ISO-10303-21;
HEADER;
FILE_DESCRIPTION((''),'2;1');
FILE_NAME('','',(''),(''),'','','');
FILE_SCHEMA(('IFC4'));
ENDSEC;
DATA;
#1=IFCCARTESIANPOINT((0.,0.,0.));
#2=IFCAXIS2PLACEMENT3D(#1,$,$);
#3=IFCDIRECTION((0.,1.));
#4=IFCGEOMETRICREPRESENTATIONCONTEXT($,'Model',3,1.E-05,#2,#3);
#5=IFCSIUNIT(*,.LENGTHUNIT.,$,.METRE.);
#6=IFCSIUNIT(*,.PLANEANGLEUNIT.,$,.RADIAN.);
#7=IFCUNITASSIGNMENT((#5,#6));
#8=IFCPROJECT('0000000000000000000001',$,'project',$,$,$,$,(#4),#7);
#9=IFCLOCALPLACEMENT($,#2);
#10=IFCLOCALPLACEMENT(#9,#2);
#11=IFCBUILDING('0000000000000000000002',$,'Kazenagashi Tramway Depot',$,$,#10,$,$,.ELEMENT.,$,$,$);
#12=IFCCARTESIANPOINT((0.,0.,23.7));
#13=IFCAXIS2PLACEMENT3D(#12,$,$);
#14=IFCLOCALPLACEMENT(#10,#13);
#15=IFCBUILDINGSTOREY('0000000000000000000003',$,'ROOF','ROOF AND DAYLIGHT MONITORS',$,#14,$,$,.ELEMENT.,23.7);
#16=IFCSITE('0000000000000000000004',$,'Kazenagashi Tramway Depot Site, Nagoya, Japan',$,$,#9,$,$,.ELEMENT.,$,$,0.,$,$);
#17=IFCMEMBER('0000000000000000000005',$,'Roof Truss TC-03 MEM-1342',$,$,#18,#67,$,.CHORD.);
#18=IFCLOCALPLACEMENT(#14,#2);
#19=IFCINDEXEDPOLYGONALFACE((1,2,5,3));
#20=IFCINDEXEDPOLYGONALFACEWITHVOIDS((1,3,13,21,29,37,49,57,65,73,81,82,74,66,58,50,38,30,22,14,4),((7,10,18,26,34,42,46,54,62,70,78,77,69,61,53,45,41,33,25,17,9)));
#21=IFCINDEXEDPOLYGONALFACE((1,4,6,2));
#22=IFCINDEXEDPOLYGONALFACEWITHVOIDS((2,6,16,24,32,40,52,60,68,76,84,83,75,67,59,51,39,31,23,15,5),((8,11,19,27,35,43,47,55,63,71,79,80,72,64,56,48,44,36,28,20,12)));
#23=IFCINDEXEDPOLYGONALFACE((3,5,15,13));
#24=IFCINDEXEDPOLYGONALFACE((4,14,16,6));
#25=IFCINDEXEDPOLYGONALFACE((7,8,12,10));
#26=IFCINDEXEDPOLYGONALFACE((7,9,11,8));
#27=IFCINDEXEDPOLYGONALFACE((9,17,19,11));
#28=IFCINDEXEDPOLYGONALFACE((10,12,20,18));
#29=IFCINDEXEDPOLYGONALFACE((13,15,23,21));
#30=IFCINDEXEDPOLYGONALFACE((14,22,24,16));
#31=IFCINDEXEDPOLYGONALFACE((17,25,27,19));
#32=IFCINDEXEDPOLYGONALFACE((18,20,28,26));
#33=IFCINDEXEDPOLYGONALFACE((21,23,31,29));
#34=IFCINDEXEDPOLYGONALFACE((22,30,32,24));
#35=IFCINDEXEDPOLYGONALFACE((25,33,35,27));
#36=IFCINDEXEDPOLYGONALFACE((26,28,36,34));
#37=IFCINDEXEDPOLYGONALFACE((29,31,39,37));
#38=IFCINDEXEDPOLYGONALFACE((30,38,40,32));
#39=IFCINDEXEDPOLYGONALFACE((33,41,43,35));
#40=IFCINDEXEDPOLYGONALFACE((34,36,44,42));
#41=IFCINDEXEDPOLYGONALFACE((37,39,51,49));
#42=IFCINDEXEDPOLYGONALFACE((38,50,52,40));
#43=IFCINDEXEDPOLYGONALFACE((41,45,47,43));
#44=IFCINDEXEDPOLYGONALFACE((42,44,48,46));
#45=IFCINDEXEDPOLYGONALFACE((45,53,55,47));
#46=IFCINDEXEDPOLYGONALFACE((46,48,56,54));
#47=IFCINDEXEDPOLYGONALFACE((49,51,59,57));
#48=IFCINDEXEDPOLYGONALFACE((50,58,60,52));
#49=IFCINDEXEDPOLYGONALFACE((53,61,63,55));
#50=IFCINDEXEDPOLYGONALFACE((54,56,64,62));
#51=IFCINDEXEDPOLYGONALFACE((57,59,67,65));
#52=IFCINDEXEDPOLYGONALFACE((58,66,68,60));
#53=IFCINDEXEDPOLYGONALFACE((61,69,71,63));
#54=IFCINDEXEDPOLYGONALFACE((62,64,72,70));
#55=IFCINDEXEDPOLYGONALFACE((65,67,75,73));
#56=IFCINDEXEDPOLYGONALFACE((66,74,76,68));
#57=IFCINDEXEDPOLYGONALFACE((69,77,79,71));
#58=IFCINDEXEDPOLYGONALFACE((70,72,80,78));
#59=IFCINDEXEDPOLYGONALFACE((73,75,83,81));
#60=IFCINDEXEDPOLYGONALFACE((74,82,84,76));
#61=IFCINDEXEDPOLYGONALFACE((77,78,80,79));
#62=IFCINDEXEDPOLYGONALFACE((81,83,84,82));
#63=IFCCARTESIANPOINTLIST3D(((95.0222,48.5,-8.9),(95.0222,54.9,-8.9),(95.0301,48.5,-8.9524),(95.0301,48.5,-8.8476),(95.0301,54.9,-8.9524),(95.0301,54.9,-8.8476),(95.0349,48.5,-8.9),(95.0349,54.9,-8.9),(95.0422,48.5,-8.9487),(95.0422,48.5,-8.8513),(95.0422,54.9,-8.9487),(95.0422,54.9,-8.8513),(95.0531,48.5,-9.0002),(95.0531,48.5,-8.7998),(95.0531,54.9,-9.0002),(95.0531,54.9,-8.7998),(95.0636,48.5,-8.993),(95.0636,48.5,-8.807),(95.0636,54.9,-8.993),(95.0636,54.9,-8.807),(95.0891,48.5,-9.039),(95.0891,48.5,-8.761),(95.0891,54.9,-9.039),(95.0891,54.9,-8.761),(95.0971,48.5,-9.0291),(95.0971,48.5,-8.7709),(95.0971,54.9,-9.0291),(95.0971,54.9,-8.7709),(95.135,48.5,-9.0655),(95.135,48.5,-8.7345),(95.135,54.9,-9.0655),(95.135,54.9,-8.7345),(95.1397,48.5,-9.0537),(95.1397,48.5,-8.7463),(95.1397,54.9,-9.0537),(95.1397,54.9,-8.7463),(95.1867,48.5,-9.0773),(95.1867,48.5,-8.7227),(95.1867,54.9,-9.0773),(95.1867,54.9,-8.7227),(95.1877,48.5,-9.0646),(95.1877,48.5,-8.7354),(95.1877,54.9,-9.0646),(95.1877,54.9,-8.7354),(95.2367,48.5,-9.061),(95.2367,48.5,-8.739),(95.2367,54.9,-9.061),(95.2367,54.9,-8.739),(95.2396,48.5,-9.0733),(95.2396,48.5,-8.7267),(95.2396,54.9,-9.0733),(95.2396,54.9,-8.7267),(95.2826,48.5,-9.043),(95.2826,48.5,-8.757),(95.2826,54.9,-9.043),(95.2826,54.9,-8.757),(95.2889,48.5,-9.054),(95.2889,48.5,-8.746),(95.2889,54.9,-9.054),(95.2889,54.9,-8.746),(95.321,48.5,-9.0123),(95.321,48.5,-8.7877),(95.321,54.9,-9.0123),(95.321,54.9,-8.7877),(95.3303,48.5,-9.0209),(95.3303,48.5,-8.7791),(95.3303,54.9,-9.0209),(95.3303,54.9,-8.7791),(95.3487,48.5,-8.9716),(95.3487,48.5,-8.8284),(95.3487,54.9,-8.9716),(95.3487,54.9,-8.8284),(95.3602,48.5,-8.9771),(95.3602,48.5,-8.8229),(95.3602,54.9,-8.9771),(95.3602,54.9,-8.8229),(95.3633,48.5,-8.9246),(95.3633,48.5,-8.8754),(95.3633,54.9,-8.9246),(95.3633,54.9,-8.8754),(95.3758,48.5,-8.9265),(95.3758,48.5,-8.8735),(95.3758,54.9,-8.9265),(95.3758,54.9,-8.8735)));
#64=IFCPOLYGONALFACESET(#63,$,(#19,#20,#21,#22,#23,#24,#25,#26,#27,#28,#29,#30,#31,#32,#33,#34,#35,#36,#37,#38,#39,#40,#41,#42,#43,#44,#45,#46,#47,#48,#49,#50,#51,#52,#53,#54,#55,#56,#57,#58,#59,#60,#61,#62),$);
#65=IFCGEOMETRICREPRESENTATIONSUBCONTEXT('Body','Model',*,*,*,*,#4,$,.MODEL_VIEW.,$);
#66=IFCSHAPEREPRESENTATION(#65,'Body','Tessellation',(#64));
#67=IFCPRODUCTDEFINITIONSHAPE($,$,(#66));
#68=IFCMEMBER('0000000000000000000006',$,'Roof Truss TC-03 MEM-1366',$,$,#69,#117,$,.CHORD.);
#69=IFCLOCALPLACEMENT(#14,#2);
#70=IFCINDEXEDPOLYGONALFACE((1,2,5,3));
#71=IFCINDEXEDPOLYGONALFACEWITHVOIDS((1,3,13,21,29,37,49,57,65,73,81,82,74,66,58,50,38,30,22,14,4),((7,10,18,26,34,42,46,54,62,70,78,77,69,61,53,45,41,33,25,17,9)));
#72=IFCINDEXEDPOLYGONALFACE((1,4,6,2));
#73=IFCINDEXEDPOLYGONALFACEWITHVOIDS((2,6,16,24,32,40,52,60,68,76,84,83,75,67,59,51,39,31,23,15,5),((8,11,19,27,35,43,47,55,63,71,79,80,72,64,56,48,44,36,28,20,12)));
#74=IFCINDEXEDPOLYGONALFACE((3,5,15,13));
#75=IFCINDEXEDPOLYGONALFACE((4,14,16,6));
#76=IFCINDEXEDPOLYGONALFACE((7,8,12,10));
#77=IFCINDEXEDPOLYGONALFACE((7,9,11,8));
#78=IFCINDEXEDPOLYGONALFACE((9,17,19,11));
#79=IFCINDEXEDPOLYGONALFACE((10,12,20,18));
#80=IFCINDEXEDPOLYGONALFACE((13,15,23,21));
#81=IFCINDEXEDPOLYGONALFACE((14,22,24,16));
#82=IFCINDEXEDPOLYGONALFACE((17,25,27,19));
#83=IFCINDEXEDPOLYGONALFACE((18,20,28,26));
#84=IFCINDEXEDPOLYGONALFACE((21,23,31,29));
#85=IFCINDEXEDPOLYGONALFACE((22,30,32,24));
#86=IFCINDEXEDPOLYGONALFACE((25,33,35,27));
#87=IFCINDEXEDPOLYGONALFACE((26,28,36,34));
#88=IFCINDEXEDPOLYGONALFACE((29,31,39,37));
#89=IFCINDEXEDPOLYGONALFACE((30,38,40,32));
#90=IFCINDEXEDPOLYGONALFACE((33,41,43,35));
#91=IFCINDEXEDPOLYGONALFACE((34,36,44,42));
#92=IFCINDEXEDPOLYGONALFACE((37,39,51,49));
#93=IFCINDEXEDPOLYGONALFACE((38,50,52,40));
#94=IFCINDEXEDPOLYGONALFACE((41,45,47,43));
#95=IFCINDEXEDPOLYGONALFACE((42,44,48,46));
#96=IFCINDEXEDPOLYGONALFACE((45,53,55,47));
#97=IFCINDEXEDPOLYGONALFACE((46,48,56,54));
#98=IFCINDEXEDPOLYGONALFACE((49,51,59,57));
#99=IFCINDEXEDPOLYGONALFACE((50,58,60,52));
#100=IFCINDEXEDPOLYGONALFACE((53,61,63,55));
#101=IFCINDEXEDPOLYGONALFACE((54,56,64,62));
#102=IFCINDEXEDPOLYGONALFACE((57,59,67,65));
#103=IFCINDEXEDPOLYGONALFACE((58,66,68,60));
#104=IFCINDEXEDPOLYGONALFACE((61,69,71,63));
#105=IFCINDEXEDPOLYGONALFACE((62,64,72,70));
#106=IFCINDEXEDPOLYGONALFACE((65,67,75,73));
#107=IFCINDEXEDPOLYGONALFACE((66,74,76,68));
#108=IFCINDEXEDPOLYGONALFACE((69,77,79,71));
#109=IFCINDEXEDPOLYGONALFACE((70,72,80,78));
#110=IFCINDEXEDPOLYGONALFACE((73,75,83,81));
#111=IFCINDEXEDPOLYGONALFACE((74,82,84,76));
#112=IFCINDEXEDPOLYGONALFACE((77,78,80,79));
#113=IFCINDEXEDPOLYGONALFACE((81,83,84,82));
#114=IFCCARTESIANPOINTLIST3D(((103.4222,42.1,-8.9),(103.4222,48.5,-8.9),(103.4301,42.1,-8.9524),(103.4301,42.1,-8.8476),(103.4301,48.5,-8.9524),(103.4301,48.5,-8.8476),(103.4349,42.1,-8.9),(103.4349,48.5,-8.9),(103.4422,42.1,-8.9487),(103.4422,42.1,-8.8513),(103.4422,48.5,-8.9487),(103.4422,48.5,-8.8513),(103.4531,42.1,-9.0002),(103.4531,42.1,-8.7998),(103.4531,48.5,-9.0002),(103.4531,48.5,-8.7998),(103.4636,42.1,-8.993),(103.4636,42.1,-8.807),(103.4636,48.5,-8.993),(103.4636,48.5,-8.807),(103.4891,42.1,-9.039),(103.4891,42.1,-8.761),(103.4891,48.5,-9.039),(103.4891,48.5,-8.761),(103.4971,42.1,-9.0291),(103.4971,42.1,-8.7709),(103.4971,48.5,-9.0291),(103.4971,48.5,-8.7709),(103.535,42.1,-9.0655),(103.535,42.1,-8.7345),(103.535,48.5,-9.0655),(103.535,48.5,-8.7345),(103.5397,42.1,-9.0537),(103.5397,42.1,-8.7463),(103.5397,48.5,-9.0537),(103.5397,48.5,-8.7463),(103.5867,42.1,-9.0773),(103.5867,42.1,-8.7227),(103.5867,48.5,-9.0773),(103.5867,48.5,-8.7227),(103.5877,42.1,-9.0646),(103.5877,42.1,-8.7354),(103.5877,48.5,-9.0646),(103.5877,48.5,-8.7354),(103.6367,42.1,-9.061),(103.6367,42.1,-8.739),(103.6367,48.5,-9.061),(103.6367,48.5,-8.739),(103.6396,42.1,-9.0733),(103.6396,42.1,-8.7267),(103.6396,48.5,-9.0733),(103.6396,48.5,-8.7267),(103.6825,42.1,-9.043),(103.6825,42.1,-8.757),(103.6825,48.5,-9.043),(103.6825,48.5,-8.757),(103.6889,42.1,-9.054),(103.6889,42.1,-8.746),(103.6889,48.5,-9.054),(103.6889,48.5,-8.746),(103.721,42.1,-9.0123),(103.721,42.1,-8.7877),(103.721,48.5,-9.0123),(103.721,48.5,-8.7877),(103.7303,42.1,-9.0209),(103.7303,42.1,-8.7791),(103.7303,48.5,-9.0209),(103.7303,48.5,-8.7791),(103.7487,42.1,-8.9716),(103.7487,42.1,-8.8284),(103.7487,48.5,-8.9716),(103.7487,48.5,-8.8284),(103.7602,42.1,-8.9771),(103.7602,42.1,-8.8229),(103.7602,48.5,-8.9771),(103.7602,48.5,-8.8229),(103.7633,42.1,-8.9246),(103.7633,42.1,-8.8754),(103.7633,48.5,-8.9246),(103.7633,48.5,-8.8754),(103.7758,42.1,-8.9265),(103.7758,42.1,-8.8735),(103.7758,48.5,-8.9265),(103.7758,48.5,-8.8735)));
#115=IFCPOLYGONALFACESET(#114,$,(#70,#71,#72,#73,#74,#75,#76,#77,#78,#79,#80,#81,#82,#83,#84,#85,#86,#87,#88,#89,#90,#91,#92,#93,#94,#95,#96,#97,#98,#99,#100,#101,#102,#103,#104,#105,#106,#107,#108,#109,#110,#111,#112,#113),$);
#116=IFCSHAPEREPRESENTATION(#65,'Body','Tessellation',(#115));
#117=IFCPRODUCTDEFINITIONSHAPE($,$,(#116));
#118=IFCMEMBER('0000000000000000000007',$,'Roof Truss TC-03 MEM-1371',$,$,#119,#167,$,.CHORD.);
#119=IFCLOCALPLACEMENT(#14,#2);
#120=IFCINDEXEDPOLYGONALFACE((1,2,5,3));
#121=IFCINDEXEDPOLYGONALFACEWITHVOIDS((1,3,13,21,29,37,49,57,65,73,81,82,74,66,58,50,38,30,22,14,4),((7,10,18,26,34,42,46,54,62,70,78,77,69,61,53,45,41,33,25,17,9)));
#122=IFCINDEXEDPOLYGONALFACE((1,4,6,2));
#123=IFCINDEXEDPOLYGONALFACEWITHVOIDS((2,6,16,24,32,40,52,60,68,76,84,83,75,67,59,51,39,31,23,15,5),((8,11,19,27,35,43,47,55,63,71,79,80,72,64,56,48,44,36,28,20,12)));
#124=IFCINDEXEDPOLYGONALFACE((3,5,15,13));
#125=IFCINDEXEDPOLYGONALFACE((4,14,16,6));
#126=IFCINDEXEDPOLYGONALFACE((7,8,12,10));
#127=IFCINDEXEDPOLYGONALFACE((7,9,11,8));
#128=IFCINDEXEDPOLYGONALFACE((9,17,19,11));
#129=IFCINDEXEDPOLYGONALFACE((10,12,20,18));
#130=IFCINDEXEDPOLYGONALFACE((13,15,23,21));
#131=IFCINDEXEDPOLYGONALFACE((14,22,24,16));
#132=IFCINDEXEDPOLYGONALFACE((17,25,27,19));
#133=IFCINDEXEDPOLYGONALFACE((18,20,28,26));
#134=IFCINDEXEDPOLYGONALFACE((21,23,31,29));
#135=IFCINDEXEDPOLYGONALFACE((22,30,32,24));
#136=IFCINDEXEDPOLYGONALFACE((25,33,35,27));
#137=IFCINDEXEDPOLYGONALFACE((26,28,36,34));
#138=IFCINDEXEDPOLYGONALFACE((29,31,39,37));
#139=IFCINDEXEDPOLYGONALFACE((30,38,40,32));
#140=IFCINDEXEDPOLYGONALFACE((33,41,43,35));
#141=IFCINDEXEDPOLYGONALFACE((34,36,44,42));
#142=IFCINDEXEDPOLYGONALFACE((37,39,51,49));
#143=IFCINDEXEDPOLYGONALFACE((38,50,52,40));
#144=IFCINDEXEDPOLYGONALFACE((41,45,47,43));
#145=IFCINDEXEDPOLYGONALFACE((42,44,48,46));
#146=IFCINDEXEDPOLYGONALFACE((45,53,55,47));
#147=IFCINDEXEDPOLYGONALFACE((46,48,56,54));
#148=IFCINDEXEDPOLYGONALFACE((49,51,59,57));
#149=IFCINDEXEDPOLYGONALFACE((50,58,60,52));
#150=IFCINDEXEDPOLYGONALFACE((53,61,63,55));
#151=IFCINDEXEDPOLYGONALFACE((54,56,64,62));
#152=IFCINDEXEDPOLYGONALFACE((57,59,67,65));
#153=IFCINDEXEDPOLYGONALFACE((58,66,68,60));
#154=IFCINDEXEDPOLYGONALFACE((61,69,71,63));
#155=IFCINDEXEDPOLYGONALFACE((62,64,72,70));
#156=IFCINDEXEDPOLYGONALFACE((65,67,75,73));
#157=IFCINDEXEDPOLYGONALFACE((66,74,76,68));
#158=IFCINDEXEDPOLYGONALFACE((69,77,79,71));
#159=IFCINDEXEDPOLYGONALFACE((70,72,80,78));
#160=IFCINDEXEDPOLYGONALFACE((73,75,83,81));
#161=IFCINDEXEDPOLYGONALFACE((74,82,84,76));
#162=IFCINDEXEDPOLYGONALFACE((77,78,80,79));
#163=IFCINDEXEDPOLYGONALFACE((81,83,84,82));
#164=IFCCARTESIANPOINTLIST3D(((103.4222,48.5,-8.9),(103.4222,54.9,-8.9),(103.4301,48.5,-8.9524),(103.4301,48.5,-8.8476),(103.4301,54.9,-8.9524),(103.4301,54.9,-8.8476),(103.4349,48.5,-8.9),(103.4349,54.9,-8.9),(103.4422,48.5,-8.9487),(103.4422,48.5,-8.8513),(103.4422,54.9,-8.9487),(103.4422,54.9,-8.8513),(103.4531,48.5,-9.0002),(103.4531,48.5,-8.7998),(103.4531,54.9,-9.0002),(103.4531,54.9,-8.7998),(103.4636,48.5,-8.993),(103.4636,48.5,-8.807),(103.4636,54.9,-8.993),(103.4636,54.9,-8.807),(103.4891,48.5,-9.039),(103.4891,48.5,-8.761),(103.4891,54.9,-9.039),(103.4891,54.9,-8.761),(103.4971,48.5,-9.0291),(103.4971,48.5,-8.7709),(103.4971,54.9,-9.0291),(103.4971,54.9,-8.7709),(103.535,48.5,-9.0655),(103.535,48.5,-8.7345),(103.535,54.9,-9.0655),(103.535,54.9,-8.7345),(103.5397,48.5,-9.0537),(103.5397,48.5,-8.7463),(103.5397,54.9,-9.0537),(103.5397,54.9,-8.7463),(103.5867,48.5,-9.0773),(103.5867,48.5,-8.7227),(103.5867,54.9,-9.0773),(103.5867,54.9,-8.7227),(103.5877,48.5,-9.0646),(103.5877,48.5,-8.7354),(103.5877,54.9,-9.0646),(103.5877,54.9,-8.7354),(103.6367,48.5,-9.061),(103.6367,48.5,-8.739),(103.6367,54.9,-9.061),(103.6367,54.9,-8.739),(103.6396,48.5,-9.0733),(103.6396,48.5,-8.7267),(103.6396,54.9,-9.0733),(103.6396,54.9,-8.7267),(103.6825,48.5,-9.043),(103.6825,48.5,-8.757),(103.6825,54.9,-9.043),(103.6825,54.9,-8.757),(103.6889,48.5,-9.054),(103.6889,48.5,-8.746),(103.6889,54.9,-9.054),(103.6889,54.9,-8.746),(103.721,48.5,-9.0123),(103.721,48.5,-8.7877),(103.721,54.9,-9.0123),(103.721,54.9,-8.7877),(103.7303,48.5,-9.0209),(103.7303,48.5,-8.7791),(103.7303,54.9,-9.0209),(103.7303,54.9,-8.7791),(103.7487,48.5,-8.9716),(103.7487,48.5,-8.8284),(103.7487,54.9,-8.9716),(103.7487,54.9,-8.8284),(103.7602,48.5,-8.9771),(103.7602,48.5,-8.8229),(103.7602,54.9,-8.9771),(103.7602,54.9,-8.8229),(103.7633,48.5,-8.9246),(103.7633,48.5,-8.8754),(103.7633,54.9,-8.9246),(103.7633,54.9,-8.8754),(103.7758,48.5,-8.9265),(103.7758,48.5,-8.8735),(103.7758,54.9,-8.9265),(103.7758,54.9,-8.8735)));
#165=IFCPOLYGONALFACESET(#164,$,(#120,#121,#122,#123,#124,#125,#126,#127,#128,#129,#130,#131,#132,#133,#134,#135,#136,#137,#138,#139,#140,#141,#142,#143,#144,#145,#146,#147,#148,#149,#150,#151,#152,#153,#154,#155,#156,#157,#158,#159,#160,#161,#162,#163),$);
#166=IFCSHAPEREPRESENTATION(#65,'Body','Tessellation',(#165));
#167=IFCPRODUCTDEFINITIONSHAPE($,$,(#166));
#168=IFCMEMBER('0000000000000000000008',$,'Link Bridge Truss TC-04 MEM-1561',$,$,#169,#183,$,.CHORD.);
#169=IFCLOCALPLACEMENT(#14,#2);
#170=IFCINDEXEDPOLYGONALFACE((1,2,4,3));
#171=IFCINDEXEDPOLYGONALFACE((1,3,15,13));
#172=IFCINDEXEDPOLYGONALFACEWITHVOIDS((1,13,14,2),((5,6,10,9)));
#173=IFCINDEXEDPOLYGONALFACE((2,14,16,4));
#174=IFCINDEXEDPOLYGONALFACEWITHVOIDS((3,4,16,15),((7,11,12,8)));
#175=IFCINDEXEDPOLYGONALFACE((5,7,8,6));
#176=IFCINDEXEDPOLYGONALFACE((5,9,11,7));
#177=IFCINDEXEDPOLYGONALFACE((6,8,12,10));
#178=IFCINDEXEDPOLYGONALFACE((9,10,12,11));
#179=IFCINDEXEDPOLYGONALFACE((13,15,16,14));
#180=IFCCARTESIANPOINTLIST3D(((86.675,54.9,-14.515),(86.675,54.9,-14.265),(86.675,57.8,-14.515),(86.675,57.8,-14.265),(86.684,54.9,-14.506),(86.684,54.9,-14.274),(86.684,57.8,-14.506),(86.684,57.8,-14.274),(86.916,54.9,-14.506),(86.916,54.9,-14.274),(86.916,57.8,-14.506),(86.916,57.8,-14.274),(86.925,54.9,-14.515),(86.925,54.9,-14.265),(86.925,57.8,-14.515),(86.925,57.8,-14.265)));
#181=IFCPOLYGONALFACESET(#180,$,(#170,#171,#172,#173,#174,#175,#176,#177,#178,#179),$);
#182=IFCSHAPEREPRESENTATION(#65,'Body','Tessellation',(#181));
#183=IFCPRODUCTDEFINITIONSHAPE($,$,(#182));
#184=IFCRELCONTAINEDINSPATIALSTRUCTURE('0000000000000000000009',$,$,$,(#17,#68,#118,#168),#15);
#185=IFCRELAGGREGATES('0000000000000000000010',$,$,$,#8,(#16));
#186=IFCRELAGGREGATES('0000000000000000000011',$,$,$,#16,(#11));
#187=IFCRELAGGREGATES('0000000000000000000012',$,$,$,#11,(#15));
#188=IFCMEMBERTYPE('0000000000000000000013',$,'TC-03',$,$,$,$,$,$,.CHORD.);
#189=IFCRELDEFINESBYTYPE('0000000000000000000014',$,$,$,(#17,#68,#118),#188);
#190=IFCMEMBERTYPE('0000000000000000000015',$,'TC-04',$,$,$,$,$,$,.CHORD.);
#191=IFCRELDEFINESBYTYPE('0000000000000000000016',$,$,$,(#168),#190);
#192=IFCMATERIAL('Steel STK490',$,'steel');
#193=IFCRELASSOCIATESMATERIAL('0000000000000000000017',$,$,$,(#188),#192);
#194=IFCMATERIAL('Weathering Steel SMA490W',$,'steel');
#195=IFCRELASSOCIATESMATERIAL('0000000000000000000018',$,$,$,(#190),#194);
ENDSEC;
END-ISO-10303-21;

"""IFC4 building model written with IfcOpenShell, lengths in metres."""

from ifc_helpers import new_model, si_unit, direction, frame, origin, origin_2d, place, context, subcontext, project, spatial, hollow_rectangle, hollow_circle, extrude, material, material_profile, profile_set, type_object, element, save


model = new_model("IFC4")

# Units and contexts
model_context = context("Model", 3, precision=1e-05, world=origin(), true_north=direction((0.0, 1.0)))
body_context = subcontext(model_context, "Body", "Model", "MODEL_VIEW")
ifc_project = project(units=[si_unit("LENGTHUNIT", "METRE"), si_unit("PLANEANGLEUNIT", "RADIAN")], contexts=[model_context])

# Site, building, storey
site_placement = place(None, origin())
site = spatial("IfcSite", under=ifc_project, at=site_placement, Name="Kazenagashi Tramway Depot Site, Nagoya, Japan", CompositionType="ELEMENT", RefElevation=0.0)
building_placement = place(site_placement, origin())
building = spatial("IfcBuilding", under=site, at=building_placement, Name="Kazenagashi Tramway Depot", CompositionType="ELEMENT")
storey_placement = place(building_placement, frame((0.0, 0.0, 23.7)))
storey = spatial("IfcBuildingStorey", under=building, at=storey_placement, Name="ROOF", Description="ROOF AND DAYLIGHT MONITORS", CompositionType="ELEMENT", Elevation=23.7)

# Members
ifc_material_1 = material(Name="Steel STK490", Category="steel")
ifc_material_profile_1 = material_profile(ifc_material_1, hollow_circle(Radius=0.1778, WallThickness=0.0127, at=origin_2d()), Name="CHS-355.6x12.7")
ifc_profile_set_1 = profile_set([ifc_material_profile_1], Name="Steel STK490")
member_type_1 = type_object("IfcMemberType", Name="TC-03", PredefinedType="CHORD", material=ifc_profile_set_1)
for number, where, z_axis, x_axis, name in (
    (1, (95.2, 48.5, -8.9), (0.0, 1.0, 0.0), (-1.0, 0.0, 0.0), "Roof Truss TC-03 MEM-1342"),
    (2, (103.6, 42.1, -8.9), (0.0, 1.0, 0.0), (-1.0, 0.0, 0.0), "Roof Truss TC-03 MEM-1366"),
    (3, (103.6, 48.5, -8.9), (0.0, 1.0, 0.0), (-1.0, 0.0, 0.0), "Roof Truss TC-03 MEM-1371"),
):
    element("IfcMember", number, at=place(storey_placement, frame(where, z_axis=z_axis, x_axis=x_axis)), inside=storey, type_object=member_type_1, Name=name, PredefinedType="CHORD", context=body_context, shape_type="SweptSolid", body=[
        extrude(hollow_circle(Radius=0.1778, WallThickness=0.0127, at=origin_2d()), origin(), (0.0, 0.0, 1.0), 6.4),
    ])
ifc_material_2 = material(Name="Weathering Steel SMA490W", Category="steel")
ifc_material_profile_2 = material_profile(ifc_material_2, hollow_rectangle(XDim=0.25, YDim=0.25, WallThickness=0.009, at=origin_2d()), Name="SHS-250x250x9")
ifc_profile_set_2 = profile_set([ifc_material_profile_2], Name="Weathering Steel SMA490W")
member_type_2 = type_object("IfcMemberType", Name="TC-04", PredefinedType="CHORD", material=ifc_profile_set_2)
member_1_placement = place(storey_placement, frame((86.8, 54.9, -14.39), z_axis=(0.0, 1.0, 0.0), x_axis=(-1.0, 0.0, 0.0)))
element("IfcMember", 4, at=member_1_placement, inside=storey, type_object=member_type_2, Name="Link Bridge Truss TC-04 MEM-1561", PredefinedType="CHORD", context=body_context, shape_type="SweptSolid", body=[
    extrude(hollow_rectangle(XDim=0.25, YDim=0.25, WallThickness=0.009, at=origin_2d()), origin(), (0.0, 0.0, 1.0), 2.9),
])

save(model, "model.ifc")
